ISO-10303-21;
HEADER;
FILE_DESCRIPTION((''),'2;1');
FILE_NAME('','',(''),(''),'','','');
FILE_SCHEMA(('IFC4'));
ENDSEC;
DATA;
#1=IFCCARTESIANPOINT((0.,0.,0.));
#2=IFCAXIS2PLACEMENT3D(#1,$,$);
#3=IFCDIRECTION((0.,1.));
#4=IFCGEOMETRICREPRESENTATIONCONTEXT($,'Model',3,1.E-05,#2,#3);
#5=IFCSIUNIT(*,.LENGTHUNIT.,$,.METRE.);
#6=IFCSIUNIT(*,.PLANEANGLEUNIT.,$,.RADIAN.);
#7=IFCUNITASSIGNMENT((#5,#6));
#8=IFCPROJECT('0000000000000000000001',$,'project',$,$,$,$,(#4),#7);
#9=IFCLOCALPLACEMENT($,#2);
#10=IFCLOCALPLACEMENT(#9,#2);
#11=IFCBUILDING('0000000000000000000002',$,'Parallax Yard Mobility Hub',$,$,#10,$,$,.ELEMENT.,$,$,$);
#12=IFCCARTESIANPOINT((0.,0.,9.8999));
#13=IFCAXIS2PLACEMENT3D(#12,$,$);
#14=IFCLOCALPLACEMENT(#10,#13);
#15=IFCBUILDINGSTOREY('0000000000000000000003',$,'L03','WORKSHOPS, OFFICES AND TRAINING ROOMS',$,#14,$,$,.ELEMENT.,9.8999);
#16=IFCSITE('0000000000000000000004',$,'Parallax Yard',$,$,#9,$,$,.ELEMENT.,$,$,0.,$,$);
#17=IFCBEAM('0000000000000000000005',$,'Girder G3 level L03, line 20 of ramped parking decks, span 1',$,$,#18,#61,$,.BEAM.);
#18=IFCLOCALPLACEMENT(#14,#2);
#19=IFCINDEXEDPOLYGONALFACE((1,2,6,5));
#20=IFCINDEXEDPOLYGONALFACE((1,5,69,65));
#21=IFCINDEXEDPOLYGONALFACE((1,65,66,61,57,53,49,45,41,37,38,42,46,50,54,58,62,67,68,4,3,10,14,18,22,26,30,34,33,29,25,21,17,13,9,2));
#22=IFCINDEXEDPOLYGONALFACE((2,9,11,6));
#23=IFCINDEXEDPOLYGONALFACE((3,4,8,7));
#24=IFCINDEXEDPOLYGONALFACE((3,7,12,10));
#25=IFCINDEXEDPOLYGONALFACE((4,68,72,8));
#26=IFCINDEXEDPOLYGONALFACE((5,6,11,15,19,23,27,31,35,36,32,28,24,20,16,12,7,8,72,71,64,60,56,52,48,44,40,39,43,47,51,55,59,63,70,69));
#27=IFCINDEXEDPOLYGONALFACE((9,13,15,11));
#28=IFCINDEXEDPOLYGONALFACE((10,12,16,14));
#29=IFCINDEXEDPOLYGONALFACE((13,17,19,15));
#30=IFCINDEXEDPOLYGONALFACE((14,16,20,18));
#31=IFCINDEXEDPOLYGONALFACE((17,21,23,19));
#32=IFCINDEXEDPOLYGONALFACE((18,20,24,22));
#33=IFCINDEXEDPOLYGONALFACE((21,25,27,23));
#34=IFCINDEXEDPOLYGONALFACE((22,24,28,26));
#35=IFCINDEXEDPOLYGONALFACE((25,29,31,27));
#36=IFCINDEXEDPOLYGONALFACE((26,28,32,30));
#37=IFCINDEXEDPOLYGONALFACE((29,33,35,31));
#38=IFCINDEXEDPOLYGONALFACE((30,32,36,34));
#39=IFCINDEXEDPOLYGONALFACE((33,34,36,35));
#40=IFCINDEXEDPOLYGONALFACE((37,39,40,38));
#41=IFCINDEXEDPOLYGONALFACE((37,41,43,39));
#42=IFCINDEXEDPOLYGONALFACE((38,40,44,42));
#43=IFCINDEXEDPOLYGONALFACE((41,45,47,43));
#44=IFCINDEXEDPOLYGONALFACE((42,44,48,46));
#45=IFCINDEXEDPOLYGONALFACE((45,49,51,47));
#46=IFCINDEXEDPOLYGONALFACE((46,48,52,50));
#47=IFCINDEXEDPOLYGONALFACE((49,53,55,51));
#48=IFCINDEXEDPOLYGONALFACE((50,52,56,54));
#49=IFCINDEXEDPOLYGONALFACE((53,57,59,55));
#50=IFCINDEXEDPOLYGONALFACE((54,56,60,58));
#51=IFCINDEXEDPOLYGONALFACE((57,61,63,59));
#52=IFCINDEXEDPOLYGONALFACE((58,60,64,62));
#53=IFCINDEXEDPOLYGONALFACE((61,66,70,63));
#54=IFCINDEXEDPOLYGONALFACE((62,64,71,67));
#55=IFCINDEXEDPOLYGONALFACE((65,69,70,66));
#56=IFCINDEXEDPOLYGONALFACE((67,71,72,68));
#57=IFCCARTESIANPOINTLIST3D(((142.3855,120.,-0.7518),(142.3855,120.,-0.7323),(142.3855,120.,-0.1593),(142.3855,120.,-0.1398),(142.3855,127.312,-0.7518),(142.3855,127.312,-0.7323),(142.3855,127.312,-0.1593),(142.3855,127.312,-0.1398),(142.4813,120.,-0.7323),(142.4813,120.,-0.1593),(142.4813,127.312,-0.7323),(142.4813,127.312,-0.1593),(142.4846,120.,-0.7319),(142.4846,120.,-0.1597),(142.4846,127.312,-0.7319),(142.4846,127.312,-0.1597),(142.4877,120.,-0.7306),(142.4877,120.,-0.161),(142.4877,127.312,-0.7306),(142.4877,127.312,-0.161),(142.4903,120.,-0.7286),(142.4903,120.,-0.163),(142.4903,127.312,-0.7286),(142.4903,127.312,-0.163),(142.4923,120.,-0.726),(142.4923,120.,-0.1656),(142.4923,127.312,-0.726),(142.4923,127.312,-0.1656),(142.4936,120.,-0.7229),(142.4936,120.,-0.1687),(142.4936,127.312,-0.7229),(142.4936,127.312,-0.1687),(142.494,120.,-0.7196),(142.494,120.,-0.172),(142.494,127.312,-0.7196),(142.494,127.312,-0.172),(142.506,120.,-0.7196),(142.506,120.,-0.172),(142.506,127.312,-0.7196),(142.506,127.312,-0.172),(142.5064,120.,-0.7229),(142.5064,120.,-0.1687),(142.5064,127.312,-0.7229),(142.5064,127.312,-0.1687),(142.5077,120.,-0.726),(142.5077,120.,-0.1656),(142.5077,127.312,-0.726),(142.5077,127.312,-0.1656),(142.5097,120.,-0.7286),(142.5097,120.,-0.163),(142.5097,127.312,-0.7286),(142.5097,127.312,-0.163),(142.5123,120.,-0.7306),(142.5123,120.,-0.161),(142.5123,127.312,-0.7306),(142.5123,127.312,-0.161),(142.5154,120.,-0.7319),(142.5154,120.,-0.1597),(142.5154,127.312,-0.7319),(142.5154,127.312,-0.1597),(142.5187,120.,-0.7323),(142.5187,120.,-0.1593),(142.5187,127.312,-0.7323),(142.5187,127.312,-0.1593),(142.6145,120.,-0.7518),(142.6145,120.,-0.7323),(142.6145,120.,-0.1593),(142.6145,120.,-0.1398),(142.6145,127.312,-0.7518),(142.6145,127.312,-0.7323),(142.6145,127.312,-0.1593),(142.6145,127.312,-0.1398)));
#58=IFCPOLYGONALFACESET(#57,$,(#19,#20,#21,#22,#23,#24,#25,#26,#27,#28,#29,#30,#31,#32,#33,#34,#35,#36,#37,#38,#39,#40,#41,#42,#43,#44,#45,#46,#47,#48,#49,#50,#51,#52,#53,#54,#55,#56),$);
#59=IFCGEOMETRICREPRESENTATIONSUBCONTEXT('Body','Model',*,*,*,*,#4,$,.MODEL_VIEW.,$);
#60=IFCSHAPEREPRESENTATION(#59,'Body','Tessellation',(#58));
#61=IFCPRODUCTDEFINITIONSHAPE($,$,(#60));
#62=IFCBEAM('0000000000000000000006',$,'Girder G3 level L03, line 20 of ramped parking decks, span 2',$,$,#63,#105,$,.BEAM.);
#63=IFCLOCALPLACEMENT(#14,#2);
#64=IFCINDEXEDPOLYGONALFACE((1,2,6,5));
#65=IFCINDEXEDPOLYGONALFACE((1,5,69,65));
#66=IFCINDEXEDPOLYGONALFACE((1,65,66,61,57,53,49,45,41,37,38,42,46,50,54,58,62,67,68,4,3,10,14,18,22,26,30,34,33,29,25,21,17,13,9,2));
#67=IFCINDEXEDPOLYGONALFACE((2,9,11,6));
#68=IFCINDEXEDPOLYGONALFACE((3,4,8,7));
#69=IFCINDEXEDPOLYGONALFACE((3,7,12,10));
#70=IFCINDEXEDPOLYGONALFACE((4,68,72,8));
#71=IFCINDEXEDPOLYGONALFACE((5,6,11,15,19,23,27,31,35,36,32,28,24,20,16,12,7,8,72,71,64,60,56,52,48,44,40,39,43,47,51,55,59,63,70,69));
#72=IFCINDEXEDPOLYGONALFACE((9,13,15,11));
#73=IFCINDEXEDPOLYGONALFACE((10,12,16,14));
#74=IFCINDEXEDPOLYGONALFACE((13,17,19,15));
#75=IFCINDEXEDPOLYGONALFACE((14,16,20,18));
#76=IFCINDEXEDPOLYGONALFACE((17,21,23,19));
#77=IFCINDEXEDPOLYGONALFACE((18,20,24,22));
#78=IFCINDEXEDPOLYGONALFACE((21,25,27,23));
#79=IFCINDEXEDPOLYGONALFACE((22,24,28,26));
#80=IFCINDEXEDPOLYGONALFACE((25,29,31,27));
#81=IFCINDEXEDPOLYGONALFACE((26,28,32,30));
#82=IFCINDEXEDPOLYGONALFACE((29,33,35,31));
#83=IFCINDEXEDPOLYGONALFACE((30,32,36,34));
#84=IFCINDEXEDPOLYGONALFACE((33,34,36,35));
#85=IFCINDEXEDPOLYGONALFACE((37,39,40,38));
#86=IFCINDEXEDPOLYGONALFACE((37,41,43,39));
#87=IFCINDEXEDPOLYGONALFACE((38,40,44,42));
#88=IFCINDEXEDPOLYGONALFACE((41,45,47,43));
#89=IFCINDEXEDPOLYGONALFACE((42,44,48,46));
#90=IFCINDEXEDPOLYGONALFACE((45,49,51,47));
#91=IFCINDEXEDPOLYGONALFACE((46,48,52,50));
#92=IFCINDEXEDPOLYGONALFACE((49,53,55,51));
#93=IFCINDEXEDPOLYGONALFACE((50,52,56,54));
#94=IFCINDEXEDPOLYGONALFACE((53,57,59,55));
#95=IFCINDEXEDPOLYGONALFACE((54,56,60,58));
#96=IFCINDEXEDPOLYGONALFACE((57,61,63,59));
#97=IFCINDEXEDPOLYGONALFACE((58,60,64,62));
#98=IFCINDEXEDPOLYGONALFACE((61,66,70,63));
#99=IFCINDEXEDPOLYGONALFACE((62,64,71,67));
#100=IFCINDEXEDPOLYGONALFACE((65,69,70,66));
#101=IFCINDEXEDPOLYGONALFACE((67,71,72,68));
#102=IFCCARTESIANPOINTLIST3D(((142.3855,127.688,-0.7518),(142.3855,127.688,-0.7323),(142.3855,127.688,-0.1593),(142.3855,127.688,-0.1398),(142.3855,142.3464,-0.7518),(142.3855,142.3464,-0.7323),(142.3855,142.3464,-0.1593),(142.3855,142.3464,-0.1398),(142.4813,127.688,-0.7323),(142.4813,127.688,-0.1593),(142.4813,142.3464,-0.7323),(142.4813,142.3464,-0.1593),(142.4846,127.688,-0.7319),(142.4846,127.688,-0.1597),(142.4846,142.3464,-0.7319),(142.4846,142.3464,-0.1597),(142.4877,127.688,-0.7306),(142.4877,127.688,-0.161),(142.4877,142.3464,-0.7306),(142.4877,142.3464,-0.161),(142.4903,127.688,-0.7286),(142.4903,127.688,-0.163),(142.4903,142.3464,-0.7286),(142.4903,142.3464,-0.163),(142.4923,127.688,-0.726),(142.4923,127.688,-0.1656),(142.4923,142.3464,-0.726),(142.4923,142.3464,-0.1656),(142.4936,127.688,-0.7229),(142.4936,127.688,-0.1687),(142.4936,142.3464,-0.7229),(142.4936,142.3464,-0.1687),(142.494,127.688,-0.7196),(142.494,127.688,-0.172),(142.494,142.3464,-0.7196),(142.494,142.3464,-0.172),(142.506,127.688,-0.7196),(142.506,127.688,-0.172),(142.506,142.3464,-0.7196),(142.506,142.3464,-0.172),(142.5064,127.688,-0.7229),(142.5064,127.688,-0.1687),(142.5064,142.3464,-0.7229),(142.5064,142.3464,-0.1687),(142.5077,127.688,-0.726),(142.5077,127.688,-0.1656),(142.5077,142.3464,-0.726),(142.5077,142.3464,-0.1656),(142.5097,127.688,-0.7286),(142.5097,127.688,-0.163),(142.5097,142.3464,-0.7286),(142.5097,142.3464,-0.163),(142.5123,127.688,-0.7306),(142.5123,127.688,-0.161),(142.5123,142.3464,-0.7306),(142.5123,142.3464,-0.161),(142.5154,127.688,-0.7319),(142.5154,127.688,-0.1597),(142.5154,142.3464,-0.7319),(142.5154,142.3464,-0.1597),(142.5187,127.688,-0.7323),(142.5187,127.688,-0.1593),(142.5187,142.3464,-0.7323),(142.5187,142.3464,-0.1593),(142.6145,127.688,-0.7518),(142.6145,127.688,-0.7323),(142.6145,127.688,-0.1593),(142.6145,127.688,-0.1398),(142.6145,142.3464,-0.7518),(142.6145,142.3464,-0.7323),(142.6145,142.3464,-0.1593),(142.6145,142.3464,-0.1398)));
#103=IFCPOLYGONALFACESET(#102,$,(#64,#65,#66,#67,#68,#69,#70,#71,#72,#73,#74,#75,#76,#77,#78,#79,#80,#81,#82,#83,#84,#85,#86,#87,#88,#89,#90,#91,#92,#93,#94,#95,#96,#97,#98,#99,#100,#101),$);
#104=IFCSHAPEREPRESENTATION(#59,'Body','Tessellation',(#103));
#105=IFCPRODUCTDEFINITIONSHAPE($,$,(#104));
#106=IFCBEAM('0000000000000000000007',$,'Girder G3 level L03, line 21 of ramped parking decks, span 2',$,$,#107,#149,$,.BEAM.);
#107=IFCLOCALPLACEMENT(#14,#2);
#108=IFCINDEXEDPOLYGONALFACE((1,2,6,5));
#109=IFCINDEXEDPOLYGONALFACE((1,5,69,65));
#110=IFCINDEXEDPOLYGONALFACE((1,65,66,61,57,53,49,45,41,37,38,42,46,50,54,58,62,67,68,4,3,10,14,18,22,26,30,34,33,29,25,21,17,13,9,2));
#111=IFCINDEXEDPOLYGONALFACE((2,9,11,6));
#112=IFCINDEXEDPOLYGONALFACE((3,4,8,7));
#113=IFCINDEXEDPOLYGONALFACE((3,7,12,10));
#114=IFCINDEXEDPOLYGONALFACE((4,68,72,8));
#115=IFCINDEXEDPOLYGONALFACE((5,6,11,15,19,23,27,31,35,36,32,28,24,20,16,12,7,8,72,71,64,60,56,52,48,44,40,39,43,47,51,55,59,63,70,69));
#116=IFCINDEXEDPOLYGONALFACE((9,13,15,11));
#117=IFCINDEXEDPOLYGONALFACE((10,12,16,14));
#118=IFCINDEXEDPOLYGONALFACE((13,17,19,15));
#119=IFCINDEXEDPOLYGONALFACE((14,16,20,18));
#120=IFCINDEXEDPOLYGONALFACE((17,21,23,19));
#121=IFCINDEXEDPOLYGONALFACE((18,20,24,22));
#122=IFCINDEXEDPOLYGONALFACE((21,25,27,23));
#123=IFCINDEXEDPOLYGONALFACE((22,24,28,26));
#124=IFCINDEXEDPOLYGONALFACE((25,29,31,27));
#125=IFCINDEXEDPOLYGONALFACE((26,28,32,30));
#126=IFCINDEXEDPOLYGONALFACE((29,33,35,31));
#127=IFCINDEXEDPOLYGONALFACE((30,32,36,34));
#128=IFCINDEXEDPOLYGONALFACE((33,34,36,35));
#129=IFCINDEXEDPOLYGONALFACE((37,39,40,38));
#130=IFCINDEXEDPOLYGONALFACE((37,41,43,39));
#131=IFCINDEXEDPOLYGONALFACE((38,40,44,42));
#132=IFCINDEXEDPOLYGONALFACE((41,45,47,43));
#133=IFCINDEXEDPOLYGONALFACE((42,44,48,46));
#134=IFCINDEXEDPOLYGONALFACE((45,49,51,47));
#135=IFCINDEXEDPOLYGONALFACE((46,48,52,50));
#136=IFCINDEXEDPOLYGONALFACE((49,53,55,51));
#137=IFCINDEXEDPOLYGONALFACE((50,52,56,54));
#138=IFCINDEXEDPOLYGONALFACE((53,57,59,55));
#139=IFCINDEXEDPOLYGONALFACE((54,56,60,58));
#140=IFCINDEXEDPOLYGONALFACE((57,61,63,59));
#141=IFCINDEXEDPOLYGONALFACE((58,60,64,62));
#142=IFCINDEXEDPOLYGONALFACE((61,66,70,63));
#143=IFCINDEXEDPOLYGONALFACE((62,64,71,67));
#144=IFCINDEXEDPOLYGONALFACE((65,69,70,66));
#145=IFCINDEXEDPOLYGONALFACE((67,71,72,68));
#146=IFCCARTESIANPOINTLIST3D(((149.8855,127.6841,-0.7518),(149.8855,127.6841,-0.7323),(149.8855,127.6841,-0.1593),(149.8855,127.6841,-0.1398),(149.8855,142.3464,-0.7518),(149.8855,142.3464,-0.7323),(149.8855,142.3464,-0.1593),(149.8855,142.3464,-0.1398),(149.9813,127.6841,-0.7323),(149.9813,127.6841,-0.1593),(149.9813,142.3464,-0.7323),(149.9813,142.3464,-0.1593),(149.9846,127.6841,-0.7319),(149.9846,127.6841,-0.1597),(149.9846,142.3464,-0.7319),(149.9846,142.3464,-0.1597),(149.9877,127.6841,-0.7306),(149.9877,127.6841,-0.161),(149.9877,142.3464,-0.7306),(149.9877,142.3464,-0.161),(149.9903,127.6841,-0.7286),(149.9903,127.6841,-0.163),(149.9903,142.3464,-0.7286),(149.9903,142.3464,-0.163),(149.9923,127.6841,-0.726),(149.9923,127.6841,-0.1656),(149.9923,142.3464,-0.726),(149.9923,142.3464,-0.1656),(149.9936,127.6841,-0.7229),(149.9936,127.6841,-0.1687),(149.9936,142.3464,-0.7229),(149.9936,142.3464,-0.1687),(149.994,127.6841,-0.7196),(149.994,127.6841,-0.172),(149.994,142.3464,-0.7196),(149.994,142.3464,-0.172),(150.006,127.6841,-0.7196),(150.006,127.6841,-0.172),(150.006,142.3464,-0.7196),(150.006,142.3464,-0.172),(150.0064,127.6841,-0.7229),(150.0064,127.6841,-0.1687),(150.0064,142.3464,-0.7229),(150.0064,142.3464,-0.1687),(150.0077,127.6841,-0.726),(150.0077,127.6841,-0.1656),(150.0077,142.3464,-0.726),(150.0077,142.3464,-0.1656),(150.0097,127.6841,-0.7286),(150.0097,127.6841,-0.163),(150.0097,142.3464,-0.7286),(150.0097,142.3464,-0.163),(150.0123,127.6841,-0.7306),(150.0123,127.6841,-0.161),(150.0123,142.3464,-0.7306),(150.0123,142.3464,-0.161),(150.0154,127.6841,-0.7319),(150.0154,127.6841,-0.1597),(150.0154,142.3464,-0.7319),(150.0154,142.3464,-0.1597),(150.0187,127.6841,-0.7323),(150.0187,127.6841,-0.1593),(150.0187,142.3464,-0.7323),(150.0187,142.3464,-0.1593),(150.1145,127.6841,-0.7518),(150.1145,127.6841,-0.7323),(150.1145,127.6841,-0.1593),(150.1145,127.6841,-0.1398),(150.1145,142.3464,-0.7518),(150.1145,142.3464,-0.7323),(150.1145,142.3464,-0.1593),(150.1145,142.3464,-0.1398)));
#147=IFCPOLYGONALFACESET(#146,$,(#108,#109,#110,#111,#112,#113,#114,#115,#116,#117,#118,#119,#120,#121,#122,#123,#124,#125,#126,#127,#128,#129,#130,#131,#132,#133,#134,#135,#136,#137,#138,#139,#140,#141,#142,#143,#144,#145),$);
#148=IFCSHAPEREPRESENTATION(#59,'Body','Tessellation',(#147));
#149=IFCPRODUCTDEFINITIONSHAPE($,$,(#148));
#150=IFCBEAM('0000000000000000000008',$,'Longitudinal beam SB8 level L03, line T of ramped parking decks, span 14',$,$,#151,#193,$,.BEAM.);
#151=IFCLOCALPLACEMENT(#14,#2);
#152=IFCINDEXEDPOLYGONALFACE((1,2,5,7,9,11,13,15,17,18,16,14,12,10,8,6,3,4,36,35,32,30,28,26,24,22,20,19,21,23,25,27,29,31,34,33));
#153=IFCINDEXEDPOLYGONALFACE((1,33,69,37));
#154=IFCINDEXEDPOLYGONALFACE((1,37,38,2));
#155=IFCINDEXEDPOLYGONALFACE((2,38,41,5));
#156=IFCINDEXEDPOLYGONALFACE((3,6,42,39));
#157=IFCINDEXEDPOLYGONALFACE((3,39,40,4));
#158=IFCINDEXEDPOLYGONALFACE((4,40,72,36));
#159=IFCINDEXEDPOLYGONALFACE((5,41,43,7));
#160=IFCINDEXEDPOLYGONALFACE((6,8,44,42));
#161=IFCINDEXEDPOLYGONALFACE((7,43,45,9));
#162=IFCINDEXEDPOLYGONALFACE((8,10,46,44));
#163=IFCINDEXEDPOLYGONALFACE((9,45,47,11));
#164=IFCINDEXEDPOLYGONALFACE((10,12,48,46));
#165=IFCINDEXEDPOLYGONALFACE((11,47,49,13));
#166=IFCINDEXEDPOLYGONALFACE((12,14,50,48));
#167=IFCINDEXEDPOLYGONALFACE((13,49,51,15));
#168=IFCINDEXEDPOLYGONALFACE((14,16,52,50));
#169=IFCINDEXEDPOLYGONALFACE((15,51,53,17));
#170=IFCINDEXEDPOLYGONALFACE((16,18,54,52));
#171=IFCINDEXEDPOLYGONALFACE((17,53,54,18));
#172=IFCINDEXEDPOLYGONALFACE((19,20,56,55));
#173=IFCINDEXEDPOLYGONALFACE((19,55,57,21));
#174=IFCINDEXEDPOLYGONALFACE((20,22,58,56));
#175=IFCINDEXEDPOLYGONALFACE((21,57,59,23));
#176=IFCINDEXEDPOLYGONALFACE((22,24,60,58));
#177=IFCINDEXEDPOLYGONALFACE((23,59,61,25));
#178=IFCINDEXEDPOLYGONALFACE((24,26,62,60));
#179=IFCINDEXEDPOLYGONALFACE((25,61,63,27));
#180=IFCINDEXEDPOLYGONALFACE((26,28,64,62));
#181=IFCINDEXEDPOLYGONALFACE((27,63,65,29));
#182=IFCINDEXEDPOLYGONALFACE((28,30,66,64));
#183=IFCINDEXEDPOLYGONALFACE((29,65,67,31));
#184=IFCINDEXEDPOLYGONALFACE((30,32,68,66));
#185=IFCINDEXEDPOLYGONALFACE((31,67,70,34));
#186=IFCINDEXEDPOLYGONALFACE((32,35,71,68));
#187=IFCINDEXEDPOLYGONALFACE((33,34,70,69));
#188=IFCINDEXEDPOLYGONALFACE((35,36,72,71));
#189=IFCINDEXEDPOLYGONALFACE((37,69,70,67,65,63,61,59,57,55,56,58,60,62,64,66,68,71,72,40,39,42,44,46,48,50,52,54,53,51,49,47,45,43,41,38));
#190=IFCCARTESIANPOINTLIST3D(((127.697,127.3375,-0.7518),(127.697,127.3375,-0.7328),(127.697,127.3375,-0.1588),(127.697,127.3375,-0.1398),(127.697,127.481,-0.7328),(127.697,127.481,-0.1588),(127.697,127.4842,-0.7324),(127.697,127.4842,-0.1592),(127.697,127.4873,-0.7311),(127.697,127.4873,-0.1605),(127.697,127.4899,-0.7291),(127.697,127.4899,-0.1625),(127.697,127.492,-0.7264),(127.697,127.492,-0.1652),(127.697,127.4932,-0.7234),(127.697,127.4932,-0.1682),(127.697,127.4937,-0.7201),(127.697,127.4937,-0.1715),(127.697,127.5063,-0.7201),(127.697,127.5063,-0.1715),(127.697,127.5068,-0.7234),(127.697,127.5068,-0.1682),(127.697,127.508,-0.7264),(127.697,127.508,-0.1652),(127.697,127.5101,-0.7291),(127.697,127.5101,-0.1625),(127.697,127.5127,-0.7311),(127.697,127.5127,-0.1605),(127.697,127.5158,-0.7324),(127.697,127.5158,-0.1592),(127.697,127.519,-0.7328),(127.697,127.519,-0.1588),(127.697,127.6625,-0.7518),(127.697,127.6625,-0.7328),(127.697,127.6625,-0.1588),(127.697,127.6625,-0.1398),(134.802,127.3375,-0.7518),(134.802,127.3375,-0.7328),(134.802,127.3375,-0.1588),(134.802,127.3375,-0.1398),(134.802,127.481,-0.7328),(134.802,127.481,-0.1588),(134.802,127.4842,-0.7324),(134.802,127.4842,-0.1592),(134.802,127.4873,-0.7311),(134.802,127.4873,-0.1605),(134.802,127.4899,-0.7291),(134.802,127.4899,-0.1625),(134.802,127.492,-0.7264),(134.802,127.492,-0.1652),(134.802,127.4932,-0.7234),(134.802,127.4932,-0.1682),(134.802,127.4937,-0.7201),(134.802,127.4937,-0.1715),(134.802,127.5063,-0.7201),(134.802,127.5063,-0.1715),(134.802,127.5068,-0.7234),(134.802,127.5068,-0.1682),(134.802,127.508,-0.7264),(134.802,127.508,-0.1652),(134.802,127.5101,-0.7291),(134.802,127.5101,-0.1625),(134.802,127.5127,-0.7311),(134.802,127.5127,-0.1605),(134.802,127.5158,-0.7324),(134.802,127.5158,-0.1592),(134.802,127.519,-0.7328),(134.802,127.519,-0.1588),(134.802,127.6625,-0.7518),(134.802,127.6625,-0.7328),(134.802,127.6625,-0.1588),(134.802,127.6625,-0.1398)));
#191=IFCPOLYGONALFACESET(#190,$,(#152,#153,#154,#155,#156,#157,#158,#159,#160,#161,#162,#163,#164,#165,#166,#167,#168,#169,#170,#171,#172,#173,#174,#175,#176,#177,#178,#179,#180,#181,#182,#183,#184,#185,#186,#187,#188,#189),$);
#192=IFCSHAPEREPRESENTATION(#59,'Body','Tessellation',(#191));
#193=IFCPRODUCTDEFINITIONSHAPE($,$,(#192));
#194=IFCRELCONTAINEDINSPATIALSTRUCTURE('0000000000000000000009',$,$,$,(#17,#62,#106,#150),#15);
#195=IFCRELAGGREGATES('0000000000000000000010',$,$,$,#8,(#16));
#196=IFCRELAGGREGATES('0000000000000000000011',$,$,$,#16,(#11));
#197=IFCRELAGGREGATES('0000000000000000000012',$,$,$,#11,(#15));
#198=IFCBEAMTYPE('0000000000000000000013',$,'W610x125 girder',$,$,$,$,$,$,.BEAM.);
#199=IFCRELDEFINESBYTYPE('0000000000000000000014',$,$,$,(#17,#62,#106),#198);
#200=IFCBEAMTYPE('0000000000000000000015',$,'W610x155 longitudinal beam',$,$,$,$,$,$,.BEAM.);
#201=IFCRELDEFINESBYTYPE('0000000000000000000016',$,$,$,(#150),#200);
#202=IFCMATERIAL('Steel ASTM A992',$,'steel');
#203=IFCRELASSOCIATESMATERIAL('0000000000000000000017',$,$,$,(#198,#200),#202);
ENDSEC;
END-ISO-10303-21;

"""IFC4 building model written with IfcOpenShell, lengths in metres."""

from ifc_helpers import new_model, si_unit, direction, frame, origin, origin_2d, place, context, subcontext, project, spatial, i_section, extrude, material, material_profile, profile_set, type_object, element, save


model = new_model("IFC4")

# Units and contexts
model_context = context("Model", 3, precision=1e-05, world=origin(), true_north=direction((0.0, 1.0)))
body_context = subcontext(model_context, "Body", "Model", "MODEL_VIEW")
ifc_project = project(units=[si_unit("LENGTHUNIT", "METRE"), si_unit("PLANEANGLEUNIT", "RADIAN")], contexts=[model_context])

# Site, building, storey
site_placement = place(None, origin())
site = spatial("IfcSite", under=ifc_project, at=site_placement, Name="Parallax Yard", CompositionType="ELEMENT", RefElevation=0.0)
building_placement = place(site_placement, origin())
building = spatial("IfcBuilding", under=site, at=building_placement, Name="Parallax Yard Mobility Hub", CompositionType="ELEMENT")
storey_placement = place(building_placement, frame((0.0, 0.0, 9.8999)))
storey = spatial("IfcBuildingStorey", under=building, at=storey_placement, Name="L03", Description="WORKSHOPS, OFFICES AND TRAINING ROOMS", CompositionType="ELEMENT", Elevation=9.8999)

# Shared definitions
ifc_material_1 = material(Name="Steel ASTM A992", Category="steel")

# Beams
ifc_material_profile_1 = material_profile(ifc_material_1, i_section(OverallWidth=0.229, OverallDepth=0.6121, WebThickness=0.012, FlangeThickness=0.0195, FilletRadius=0.0127, at=origin_2d()), Name="W610x125")
ifc_profile_set_1 = profile_set([ifc_material_profile_1], Name="Steel ASTM A992")
beam_type_1 = type_object("IfcBeamType", Name="W610x125 girder", PredefinedType="BEAM", material=ifc_profile_set_1)
beam_1_placement = place(storey_placement, frame((142.5, 120.0, -0.4458), z_axis=(0.0, 1.0, 0.0), x_axis=(-1.0, 0.0, 0.0)))
element("IfcBeam", 1, at=beam_1_placement, inside=storey, type_object=beam_type_1, Name="Girder G3 level L03, line 20 of ramped parking decks, span 1", PredefinedType="BEAM", context=body_context, shape_type="SweptSolid", body=[
    extrude(i_section(OverallWidth=0.229, OverallDepth=0.6121, WebThickness=0.012, FlangeThickness=0.0195, FilletRadius=0.0127, at=origin_2d()), origin(), (0.0, 0.0, 1.0), 7.312),
])
beam_2_placement = place(storey_placement, frame((142.5, 127.688, -0.4458), z_axis=(0.0, 1.0, 0.0), x_axis=(-1.0, 0.0, 0.0)))
element("IfcBeam", 2, at=beam_2_placement, inside=storey, type_object=beam_type_1, Name="Girder G3 level L03, line 20 of ramped parking decks, span 2", PredefinedType="BEAM", context=body_context, shape_type="SweptSolid", body=[
    extrude(i_section(OverallWidth=0.229, OverallDepth=0.6121, WebThickness=0.012, FlangeThickness=0.0195, FilletRadius=0.0127, at=origin_2d()), origin(), (0.0, 0.0, 1.0), 14.6584),
])
beam_3_placement = place(storey_placement, frame((150.0, 127.6841, -0.4458), z_axis=(0.0, 1.0, 0.0), x_axis=(-1.0, 0.0, 0.0)))
element("IfcBeam", 3, at=beam_3_placement, inside=storey, type_object=beam_type_1, Name="Girder G3 level L03, line 21 of ramped parking decks, span 2", PredefinedType="BEAM", context=body_context, shape_type="SweptSolid", body=[
    extrude(i_section(OverallWidth=0.229, OverallDepth=0.6121, WebThickness=0.012, FlangeThickness=0.0195, FilletRadius=0.0127, at=origin_2d()), origin(), (0.0, 0.0, 1.0), 14.6624),
])
ifc_material_profile_2 = material_profile(ifc_material_1, i_section(OverallWidth=0.325, OverallDepth=0.6121, WebThickness=0.0127, FlangeThickness=0.019, FilletRadius=0.0127, at=origin_2d()), Name="W610x155")
ifc_profile_set_2 = profile_set([ifc_material_profile_2], Name="Steel ASTM A992")
beam_type_2 = type_object("IfcBeamType", Name="W610x155 longitudinal beam", PredefinedType="BEAM", material=ifc_profile_set_2)
for number, where, z_axis, x_axis, name in (
    (4, (127.697, 127.5, -0.4458), (1.0, 0.0, 0.0), (0.0, 1.0, 0.0), "Longitudinal beam SB8 level L03, line T of ramped parking decks, span 14"),
):
    element("IfcBeam", number, at=place(storey_placement, frame(where, z_axis=z_axis, x_axis=x_axis)), inside=storey, type_object=beam_type_2, Name=name, PredefinedType="BEAM", context=body_context, shape_type="SweptSolid", body=[
        extrude(i_section(OverallWidth=0.325, OverallDepth=0.6121, WebThickness=0.0127, FlangeThickness=0.019, FilletRadius=0.0127, at=origin_2d()), origin(), (0.0, 0.0, 1.0), 7.105),
    ])

save(model, "model.ifc")
